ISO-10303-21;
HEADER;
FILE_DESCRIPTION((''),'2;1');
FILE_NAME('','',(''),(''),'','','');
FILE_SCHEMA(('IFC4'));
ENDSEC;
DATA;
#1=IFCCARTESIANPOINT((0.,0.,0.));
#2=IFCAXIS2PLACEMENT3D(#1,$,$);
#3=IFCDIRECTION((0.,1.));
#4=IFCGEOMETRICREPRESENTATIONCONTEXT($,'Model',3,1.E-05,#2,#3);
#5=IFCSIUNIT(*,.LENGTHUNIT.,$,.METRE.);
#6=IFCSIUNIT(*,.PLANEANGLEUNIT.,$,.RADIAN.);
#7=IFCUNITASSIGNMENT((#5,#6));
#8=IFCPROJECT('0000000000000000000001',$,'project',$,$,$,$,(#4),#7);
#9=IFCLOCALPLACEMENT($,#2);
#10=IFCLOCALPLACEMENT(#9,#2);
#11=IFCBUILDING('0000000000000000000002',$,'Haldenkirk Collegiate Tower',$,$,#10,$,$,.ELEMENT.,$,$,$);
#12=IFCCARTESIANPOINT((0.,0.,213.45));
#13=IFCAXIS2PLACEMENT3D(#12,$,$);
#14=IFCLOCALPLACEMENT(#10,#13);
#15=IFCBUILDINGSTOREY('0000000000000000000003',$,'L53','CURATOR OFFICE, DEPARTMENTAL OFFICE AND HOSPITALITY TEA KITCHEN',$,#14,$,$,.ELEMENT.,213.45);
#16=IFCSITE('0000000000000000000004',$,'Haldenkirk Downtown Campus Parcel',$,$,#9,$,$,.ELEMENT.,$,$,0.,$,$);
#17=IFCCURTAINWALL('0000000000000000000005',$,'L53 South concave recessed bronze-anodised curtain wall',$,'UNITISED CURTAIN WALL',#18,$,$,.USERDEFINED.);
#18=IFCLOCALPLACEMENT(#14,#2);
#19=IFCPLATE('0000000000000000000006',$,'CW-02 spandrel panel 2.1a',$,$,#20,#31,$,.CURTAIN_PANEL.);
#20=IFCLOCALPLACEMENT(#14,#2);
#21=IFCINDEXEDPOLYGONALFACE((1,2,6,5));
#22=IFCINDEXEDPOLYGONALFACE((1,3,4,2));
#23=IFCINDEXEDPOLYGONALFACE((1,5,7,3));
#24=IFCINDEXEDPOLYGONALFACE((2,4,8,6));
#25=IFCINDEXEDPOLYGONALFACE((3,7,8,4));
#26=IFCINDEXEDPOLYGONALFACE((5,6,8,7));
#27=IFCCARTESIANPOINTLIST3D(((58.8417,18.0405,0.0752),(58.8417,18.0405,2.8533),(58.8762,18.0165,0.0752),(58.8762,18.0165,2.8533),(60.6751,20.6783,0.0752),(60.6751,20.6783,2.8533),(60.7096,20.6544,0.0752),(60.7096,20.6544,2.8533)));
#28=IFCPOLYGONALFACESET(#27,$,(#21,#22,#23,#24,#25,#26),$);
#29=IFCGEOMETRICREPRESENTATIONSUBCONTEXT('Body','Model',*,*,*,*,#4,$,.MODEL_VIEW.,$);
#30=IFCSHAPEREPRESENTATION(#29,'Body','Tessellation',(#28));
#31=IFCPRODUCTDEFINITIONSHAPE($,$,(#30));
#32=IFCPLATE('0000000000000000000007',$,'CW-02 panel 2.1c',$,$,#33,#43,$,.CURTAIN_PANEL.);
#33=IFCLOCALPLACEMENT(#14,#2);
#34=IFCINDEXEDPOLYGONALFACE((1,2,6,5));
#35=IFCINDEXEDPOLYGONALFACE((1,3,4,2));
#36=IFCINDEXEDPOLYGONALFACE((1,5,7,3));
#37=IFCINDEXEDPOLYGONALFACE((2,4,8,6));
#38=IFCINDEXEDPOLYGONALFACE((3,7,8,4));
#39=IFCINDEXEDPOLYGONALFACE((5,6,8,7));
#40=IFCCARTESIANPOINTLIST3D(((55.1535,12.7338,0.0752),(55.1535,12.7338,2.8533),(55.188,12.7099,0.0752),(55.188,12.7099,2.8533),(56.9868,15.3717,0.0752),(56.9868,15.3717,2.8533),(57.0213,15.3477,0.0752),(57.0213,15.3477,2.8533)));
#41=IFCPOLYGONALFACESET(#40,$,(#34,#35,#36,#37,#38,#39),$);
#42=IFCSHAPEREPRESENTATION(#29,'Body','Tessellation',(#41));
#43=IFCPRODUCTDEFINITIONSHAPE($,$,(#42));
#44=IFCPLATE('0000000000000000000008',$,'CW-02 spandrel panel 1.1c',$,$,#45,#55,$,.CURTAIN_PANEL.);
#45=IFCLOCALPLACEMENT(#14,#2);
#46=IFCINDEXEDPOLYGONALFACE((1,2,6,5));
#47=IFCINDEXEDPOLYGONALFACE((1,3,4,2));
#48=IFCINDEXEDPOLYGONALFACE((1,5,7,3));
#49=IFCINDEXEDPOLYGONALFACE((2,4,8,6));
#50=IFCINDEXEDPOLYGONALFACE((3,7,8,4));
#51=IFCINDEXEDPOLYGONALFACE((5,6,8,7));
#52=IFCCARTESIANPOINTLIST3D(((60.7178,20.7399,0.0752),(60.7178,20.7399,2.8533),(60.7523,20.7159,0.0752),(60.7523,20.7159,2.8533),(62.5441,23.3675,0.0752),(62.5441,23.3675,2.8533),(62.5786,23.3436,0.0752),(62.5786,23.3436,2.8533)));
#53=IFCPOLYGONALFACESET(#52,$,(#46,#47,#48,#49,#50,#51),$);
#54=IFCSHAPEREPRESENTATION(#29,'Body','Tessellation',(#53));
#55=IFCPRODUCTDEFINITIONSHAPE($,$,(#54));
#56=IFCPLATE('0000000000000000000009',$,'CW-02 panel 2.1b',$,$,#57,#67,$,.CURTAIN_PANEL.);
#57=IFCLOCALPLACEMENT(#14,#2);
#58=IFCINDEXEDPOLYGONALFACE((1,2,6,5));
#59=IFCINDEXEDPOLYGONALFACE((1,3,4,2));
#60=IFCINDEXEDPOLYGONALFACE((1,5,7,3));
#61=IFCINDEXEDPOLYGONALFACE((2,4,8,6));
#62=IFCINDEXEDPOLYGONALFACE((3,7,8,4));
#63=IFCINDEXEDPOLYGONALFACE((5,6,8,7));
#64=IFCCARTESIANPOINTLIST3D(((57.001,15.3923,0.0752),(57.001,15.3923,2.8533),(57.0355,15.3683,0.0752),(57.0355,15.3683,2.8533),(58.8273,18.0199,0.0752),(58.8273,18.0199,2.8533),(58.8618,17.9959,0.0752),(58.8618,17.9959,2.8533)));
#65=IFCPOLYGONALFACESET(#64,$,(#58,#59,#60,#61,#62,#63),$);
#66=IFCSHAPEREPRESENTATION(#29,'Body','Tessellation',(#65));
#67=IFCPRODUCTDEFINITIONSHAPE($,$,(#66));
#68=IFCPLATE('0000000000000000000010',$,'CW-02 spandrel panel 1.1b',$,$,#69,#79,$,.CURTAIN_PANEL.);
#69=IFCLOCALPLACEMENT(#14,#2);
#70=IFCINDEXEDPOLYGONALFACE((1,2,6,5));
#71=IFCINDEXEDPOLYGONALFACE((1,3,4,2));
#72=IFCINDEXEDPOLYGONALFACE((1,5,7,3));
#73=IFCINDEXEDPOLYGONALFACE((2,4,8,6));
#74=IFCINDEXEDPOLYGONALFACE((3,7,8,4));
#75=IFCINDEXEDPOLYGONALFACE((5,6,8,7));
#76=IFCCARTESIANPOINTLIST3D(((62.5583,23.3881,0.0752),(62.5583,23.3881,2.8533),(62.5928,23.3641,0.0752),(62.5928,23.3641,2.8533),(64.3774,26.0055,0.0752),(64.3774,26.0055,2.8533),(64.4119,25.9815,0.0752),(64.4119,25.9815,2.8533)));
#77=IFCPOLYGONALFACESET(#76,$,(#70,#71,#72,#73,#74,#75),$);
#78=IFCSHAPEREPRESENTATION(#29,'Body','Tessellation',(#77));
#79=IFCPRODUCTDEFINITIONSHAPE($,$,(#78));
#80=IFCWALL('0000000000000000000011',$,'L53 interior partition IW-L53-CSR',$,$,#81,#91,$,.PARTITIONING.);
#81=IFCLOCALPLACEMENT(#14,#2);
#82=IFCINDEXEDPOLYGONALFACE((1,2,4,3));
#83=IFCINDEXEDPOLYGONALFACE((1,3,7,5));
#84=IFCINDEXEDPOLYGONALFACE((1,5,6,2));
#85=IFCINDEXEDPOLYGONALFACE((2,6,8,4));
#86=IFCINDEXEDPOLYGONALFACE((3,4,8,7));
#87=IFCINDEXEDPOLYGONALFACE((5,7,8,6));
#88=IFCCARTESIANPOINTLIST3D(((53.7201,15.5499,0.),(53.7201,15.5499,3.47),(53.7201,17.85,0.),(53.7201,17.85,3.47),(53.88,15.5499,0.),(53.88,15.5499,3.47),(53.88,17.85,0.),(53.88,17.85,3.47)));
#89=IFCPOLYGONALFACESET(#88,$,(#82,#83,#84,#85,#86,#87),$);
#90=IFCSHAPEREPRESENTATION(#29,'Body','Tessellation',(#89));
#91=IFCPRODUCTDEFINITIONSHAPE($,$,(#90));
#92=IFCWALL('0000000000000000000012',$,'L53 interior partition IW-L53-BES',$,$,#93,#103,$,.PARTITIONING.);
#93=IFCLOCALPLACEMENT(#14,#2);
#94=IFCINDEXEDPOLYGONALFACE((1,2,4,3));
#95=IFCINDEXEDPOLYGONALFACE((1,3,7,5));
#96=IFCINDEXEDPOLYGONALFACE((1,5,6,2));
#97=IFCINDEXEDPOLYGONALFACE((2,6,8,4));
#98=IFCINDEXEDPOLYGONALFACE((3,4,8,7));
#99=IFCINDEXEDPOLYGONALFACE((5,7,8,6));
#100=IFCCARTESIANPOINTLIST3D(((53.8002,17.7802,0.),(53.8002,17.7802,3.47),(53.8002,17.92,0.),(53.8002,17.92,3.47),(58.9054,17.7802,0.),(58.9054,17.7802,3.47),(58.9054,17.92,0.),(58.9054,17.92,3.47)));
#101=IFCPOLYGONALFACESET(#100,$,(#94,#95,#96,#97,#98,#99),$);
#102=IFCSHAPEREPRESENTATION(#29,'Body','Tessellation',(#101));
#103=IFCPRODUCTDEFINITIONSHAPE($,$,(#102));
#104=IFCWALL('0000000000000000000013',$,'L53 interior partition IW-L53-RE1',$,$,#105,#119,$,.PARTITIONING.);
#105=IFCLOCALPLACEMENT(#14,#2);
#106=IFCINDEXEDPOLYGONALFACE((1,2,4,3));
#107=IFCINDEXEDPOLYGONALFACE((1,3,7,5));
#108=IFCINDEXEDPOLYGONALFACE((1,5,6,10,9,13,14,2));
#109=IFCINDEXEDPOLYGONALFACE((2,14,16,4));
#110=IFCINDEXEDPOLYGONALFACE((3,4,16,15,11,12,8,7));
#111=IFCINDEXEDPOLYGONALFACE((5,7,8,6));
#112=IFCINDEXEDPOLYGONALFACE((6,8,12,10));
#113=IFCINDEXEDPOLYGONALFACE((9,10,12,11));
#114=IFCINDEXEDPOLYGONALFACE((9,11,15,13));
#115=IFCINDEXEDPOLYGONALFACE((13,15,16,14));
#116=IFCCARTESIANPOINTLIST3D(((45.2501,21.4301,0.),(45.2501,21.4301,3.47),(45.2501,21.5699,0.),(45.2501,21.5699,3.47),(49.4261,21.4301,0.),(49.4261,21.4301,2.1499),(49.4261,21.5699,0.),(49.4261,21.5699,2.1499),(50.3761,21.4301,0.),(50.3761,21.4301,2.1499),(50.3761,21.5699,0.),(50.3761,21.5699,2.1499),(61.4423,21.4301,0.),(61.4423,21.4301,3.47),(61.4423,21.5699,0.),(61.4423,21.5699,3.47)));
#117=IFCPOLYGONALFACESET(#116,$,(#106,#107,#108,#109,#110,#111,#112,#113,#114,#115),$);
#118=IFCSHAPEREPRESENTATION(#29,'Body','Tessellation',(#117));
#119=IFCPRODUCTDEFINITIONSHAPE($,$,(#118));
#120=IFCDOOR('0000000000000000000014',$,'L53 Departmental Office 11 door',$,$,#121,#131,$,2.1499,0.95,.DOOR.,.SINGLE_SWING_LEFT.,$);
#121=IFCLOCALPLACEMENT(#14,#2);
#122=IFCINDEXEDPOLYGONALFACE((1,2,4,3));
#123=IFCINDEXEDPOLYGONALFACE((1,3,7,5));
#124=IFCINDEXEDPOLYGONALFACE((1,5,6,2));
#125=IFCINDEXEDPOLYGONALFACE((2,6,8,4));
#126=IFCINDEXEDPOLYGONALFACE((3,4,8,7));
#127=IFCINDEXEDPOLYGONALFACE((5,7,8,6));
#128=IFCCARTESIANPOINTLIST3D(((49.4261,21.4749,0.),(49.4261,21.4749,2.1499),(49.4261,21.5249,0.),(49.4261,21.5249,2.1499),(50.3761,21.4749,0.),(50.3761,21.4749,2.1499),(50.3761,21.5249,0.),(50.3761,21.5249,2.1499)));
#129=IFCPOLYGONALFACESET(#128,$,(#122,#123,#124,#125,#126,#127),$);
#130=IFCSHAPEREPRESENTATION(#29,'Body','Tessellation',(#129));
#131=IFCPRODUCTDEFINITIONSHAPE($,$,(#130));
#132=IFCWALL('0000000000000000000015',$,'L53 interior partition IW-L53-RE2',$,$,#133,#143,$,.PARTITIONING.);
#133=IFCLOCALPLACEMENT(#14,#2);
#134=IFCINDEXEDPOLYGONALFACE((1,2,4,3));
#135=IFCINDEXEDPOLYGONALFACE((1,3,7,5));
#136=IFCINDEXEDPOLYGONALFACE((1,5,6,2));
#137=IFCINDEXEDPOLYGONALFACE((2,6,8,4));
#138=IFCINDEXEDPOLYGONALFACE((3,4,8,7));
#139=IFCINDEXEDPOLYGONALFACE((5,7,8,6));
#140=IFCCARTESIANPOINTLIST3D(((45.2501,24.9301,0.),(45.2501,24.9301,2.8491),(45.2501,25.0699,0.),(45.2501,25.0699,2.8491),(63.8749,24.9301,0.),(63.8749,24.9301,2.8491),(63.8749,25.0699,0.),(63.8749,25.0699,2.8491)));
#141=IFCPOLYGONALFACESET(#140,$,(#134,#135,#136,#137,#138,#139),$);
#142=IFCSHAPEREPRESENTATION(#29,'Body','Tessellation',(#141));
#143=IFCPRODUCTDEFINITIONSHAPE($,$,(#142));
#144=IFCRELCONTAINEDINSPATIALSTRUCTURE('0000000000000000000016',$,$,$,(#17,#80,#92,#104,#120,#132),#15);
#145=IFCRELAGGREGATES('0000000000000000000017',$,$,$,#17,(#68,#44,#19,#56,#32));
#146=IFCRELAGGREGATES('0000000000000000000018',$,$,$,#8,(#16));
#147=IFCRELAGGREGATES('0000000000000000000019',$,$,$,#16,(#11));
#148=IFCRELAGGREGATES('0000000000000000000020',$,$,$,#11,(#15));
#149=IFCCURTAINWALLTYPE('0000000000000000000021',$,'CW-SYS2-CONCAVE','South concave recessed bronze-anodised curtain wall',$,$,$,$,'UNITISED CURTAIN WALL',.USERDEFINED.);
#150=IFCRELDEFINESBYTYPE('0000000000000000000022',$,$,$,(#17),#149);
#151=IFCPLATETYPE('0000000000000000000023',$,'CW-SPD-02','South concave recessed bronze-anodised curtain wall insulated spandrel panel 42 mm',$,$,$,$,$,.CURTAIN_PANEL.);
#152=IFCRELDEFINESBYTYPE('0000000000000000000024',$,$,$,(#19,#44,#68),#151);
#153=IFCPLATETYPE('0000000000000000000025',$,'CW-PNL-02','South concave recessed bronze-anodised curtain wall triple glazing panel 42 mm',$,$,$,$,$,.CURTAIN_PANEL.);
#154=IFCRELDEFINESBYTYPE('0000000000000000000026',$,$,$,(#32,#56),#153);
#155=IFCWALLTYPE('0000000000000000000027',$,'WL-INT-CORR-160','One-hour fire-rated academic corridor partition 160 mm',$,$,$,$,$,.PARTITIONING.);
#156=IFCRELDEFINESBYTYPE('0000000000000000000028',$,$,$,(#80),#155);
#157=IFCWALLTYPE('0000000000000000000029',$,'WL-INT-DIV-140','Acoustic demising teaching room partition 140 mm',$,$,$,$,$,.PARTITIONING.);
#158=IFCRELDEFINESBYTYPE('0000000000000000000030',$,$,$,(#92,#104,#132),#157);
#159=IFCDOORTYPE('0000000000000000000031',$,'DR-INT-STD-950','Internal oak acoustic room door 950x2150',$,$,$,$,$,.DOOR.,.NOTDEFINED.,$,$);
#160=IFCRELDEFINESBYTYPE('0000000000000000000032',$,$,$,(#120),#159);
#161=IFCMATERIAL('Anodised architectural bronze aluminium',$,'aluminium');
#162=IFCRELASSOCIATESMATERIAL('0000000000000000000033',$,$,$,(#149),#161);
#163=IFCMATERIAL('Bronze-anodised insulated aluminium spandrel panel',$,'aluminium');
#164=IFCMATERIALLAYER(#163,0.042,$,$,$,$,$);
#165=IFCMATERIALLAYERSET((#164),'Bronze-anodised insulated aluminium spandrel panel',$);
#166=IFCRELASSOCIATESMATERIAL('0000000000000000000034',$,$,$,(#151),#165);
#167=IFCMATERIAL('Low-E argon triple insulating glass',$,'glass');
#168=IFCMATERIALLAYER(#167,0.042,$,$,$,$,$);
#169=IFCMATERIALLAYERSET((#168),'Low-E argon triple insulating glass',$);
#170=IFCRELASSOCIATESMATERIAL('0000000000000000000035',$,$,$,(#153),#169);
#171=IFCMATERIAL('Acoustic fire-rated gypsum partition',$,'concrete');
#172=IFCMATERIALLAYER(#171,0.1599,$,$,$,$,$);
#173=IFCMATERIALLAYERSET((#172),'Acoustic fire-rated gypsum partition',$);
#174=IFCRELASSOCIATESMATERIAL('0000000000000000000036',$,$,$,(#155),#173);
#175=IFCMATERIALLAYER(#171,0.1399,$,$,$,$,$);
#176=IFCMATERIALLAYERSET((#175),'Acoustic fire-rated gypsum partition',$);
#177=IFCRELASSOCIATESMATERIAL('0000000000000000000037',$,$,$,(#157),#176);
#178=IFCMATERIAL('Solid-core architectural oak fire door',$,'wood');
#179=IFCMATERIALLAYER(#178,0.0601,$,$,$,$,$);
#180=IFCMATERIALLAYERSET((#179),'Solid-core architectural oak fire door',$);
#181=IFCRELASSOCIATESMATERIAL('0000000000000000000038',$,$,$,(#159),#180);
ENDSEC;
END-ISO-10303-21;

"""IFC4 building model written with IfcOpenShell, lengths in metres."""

from ifc_helpers import new_model, si_unit, direction, frame, frame_2d, origin, origin_2d, place, context, subcontext, project, spatial, rectangle, extrude, source, transform, mapped, material, layer, layer_set, type_object, element, fill, aggregate, save


model = new_model("IFC4")

# Units and contexts
model_context = context("Model", 3, precision=1e-05, world=origin(), true_north=direction((0.0, 1.0)))
body_context = subcontext(model_context, "Body", "Model", "MODEL_VIEW")
ifc_project = project(units=[si_unit("LENGTHUNIT", "METRE"), si_unit("PLANEANGLEUNIT", "RADIAN")], contexts=[model_context])

# Site, building, storey
site_placement = place(None, origin())
site = spatial("IfcSite", under=ifc_project, at=site_placement, Name="Haldenkirk Downtown Campus Parcel", CompositionType="ELEMENT", RefElevation=0.0)
building_placement = place(site_placement, origin())
building = spatial("IfcBuilding", under=site, at=building_placement, Name="Haldenkirk Collegiate Tower", CompositionType="ELEMENT")
storey_placement = place(building_placement, frame((0.0, 0.0, 213.45)))
storey = spatial("IfcBuildingStorey", under=building, at=storey_placement, Name="L53", Description="CURATOR OFFICE, DEPARTMENTAL OFFICE AND HOSPITALITY TEA KITCHEN", CompositionType="ELEMENT", Elevation=213.45)

# Curtain wall
ifc_material_1 = material(Name="Anodised architectural bronze aluminium", Category="aluminium")
curtain_wall_type = type_object("IfcCurtainWallType", Name="CW-SYS2-CONCAVE", Description="South concave recessed bronze-anodised curtain wall", ElementType="UNITISED CURTAIN WALL", PredefinedType="USERDEFINED", material=ifc_material_1)
curtain_wall_placement = place(storey_placement, origin())
curtain_wall = element("IfcCurtainWall", 1, at=curtain_wall_placement, inside=storey, type_object=curtain_wall_type, Name="L53 South concave recessed bronze-anodised curtain wall", ObjectType="UNITISED CURTAIN WALL", PredefinedType="USERDEFINED")

# Plates
ifc_material_2 = material(Name="Bronze-anodised insulated aluminium spandrel panel", Category="aluminium")
ifc_layer_1 = layer(ifc_material_2, 0.042)
ifc_layer_set_1 = layer_set([ifc_layer_1], Name="Bronze-anodised insulated aluminium spandrel panel")
plate_type_1 = type_object("IfcPlateType", Name="CW-SPD-02", Description="South concave recessed bronze-anodised curtain wall insulated spandrel panel 42 mm", PredefinedType="CURTAIN_PANEL", material=ifc_layer_set_1)
shared_shape_1 = source(origin(), body_context, "Body", "SweptSolid", [
    extrude(rectangle(XDim=3.2124, YDim=0.042, at=origin_2d()), origin(), (0.0, 0.0, 1.0), 2.7781),
])
plate_1_placement = place(storey_placement, frame((59.7756, 19.3474, 0.0752), z_axis=(0.0, 0.0, 1.0), x_axis=(-0.570716, -0.821148, 0.0)))
plate_1 = element("IfcPlate", 2, at=plate_1_placement, type_object=plate_type_1, Name="CW-02 spandrel panel 2.1a", PredefinedType="CURTAIN_PANEL", context=body_context, shape_type="MappedRepresentation", body=[
    mapped(shared_shape_1, transform((0.0, 0.0, 0.0), x_axis=(1.0, 0.0, 0.0), y_axis=(0.0, 1.0, 0.0), z_axis=(0.0, 0.0, 1.0), scale=1.0)),
])
ifc_material_3 = material(Name="Low-E argon triple insulating glass", Category="glass")
ifc_layer_2 = layer(ifc_material_3, 0.042)
ifc_layer_set_2 = layer_set([ifc_layer_2], Name="Low-E argon triple insulating glass")
plate_type_2 = type_object("IfcPlateType", Name="CW-PNL-02", Description="South concave recessed bronze-anodised curtain wall triple glazing panel 42 mm", PredefinedType="CURTAIN_PANEL", material=ifc_layer_set_2)
plate_2_placement = place(storey_placement, frame((56.0874, 14.0408, 0.0752), z_axis=(0.0, 0.0, 1.0), x_axis=(-0.570716, -0.821148, 0.0)))
plate_2 = element("IfcPlate", 3, at=plate_2_placement, type_object=plate_type_2, Name="CW-02 panel 2.1c", PredefinedType="CURTAIN_PANEL", context=body_context, shape_type="MappedRepresentation", body=[
    mapped(shared_shape_1, transform((0.0, 0.0, 0.0), x_axis=(1.0, 0.0, 0.0), y_axis=(0.0, 1.0, 0.0), z_axis=(0.0, 0.0, 1.0), scale=1.0)),
])
shared_shape_2 = source(origin(), body_context, "Body", "SweptSolid", [
    extrude(rectangle(XDim=3.2, YDim=0.042, at=origin_2d()), origin(), (0.0, 0.0, 1.0), 2.7781),
])
plate_3_placement = place(storey_placement, frame((61.6482, 22.0417, 0.0752), z_axis=(0.0, 0.0, 1.0), x_axis=(-0.570716, -0.821148, 0.0)))
plate_3 = element("IfcPlate", 4, at=plate_3_placement, type_object=plate_type_1, Name="CW-02 spandrel panel 1.1c", PredefinedType="CURTAIN_PANEL", context=body_context, shape_type="MappedRepresentation", body=[
    mapped(shared_shape_2, transform((0.0, 0.0, 0.0), x_axis=(1.0, 0.0, 0.0), y_axis=(0.0, 1.0, 0.0), z_axis=(0.0, 0.0, 1.0), scale=1.0)),
])
plate_4_placement = place(storey_placement, frame((57.9314, 16.6941, 0.0752), z_axis=(0.0, 0.0, 1.0), x_axis=(-0.570716, -0.821148, 0.0)))
plate_4 = element("IfcPlate", 5, at=plate_4_placement, type_object=plate_type_2, Name="CW-02 panel 2.1b", PredefinedType="CURTAIN_PANEL", context=body_context, shape_type="MappedRepresentation", body=[
    mapped(shared_shape_2, transform((0.0, 0.0, 0.0), x_axis=(1.0, 0.0, 0.0), y_axis=(0.0, 1.0, 0.0), z_axis=(0.0, 0.0, 1.0), scale=1.0)),
])
shared_shape_3 = source(origin(), body_context, "Body", "SweptSolid", [
    extrude(rectangle(XDim=3.1875, YDim=0.042, at=origin_2d()), origin(), (0.0, 0.0, 1.0), 2.7781),
])
plate_5_placement = place(storey_placement, frame((63.4851, 24.6848, 0.0752), z_axis=(0.0, 0.0, 1.0), x_axis=(-0.570716, -0.821148, 0.0)))
plate_5 = element("IfcPlate", 6, at=plate_5_placement, type_object=plate_type_1, Name="CW-02 spandrel panel 1.1b", PredefinedType="CURTAIN_PANEL", context=body_context, shape_type="MappedRepresentation", body=[
    mapped(shared_shape_3, transform((0.0, 0.0, 0.0), x_axis=(1.0, 0.0, 0.0), y_axis=(0.0, 1.0, 0.0), z_axis=(0.0, 0.0, 1.0), scale=1.0)),
])
aggregate(curtain_wall, [plate_5, plate_3, plate_1, plate_4, plate_2])

# Walls
ifc_material_4 = material(Name="Acoustic fire-rated gypsum partition", Category="concrete")
ifc_layer_3 = layer(ifc_material_4, 0.1599)
ifc_layer_set_3 = layer_set([ifc_layer_3], Name="Acoustic fire-rated gypsum partition")
wall_type_1 = type_object("IfcWallType", Name="WL-INT-CORR-160", Description="One-hour fire-rated academic corridor partition 160 mm", PredefinedType="PARTITIONING", material=ifc_layer_set_3)
wall_1_placement = place(storey_placement, frame((53.8, 15.55, 0.0), z_axis=(0.0, 0.0, 1.0), x_axis=(0.0, 1.0, 0.0)))
element("IfcWall", 7, at=wall_1_placement, inside=storey, type_object=wall_type_1, Name="L53 interior partition IW-L53-CSR", PredefinedType="PARTITIONING", context=body_context, shape_type="SweptSolid", body=[
    extrude(rectangle(XDim=2.3, YDim=0.1599, at=frame_2d((1.1499, 0.0))), origin(), (0.0, 0.0, 1.0), 3.47),
])
ifc_layer_4 = layer(ifc_material_4, 0.1399)
ifc_layer_set_4 = layer_set([ifc_layer_4], Name="Acoustic fire-rated gypsum partition")
wall_type_2 = type_object("IfcWallType", Name="WL-INT-DIV-140", Description="Acoustic demising teaching room partition 140 mm", PredefinedType="PARTITIONING", material=ifc_layer_set_4)
wall_2_placement = place(storey_placement, frame((53.8, 17.8501, 0.0), z_axis=(0.0, 0.0, 1.0), x_axis=(1.0, 0.0, 0.0)))
element("IfcWall", 8, at=wall_2_placement, inside=storey, type_object=wall_type_2, Name="L53 interior partition IW-L53-BES", PredefinedType="PARTITIONING", context=body_context, shape_type="SweptSolid", body=[
    extrude(rectangle(XDim=5.1052, YDim=0.1399, at=frame_2d((2.5527, 0.0))), origin(), (0.0, 0.0, 1.0), 3.47),
])

# Wall, opening, door
wall_3_placement = place(storey_placement, frame((45.25, 21.5, 0.0), z_axis=(0.0, 0.0, 1.0), x_axis=(1.0, 0.0, 0.0)))
wall_3 = element("IfcWall", 9, at=wall_3_placement, inside=storey, type_object=wall_type_2, Name="L53 interior partition IW-L53-RE1", PredefinedType="PARTITIONING", context=body_context, shape_type="SweptSolid", body=[
    extrude(rectangle(XDim=16.1921, YDim=0.1399, at=frame_2d((8.0962, 0.0))), origin(), (0.0, 0.0, 1.0), 3.47),
])
opening_placement = place(wall_3_placement, frame((4.176, 0.0, 0.0)))
opening = element("IfcOpeningElement", 10, at=opening_placement, cuts=wall_3, PredefinedType="OPENING", context=body_context, shape_type="SweptSolid", body=[
    extrude(rectangle(XDim=0.95, YDim=2.1499, at=frame_2d((0.4751, 1.075))), frame((0.0, 0.0798, 0.0), z_axis=(0.0, -1.0, 0.0), x_axis=(1.0, 0.0, 0.0)), (0.0, 0.0, 1.0), 0.1599),
])
ifc_material_5 = material(Name="Solid-core architectural oak fire door", Category="wood")
ifc_layer_5 = layer(ifc_material_5, 0.0601)
ifc_layer_set_5 = layer_set([ifc_layer_5], Name="Solid-core architectural oak fire door")
door_type = type_object("IfcDoorType", Name="DR-INT-STD-950", Description="Internal oak acoustic room door 950x2150", OperationType="NOTDEFINED", PredefinedType="DOOR", material=ifc_layer_set_5)
door_placement = place(opening_placement, origin())
door = element("IfcDoor", 11, at=door_placement, inside=storey, type_object=door_type, Name="L53 Departmental Office 11 door", OperationType="SINGLE_SWING_LEFT", OverallHeight=2.1499, OverallWidth=0.95, PredefinedType="DOOR", context=body_context, shape_type="SweptSolid", body=[
    extrude(rectangle(XDim=0.95, YDim=2.1499, at=frame_2d((0.4751, 1.075))), frame((0.0, 0.0249, 0.0), z_axis=(0.0, -1.0, 0.0), x_axis=(1.0, 0.0, 0.0)), (0.0, 0.0, 1.0), 0.05),
])
fill(opening, door)

# Wall
wall_4_placement = place(storey_placement, frame((45.25, 25.0, 0.0), z_axis=(0.0, 0.0, 1.0), x_axis=(1.0, 0.0, 0.0)))
element("IfcWall", 12, at=wall_4_placement, inside=storey, type_object=wall_type_2, Name="L53 interior partition IW-L53-RE2", PredefinedType="PARTITIONING", context=body_context, shape_type="SweptSolid", body=[
    extrude(rectangle(XDim=18.6248, YDim=0.1399, at=frame_2d((9.3125, 0.0))), origin(), (0.0, 0.0, 1.0), 2.8491),
])

save(model, "model.ifc")
